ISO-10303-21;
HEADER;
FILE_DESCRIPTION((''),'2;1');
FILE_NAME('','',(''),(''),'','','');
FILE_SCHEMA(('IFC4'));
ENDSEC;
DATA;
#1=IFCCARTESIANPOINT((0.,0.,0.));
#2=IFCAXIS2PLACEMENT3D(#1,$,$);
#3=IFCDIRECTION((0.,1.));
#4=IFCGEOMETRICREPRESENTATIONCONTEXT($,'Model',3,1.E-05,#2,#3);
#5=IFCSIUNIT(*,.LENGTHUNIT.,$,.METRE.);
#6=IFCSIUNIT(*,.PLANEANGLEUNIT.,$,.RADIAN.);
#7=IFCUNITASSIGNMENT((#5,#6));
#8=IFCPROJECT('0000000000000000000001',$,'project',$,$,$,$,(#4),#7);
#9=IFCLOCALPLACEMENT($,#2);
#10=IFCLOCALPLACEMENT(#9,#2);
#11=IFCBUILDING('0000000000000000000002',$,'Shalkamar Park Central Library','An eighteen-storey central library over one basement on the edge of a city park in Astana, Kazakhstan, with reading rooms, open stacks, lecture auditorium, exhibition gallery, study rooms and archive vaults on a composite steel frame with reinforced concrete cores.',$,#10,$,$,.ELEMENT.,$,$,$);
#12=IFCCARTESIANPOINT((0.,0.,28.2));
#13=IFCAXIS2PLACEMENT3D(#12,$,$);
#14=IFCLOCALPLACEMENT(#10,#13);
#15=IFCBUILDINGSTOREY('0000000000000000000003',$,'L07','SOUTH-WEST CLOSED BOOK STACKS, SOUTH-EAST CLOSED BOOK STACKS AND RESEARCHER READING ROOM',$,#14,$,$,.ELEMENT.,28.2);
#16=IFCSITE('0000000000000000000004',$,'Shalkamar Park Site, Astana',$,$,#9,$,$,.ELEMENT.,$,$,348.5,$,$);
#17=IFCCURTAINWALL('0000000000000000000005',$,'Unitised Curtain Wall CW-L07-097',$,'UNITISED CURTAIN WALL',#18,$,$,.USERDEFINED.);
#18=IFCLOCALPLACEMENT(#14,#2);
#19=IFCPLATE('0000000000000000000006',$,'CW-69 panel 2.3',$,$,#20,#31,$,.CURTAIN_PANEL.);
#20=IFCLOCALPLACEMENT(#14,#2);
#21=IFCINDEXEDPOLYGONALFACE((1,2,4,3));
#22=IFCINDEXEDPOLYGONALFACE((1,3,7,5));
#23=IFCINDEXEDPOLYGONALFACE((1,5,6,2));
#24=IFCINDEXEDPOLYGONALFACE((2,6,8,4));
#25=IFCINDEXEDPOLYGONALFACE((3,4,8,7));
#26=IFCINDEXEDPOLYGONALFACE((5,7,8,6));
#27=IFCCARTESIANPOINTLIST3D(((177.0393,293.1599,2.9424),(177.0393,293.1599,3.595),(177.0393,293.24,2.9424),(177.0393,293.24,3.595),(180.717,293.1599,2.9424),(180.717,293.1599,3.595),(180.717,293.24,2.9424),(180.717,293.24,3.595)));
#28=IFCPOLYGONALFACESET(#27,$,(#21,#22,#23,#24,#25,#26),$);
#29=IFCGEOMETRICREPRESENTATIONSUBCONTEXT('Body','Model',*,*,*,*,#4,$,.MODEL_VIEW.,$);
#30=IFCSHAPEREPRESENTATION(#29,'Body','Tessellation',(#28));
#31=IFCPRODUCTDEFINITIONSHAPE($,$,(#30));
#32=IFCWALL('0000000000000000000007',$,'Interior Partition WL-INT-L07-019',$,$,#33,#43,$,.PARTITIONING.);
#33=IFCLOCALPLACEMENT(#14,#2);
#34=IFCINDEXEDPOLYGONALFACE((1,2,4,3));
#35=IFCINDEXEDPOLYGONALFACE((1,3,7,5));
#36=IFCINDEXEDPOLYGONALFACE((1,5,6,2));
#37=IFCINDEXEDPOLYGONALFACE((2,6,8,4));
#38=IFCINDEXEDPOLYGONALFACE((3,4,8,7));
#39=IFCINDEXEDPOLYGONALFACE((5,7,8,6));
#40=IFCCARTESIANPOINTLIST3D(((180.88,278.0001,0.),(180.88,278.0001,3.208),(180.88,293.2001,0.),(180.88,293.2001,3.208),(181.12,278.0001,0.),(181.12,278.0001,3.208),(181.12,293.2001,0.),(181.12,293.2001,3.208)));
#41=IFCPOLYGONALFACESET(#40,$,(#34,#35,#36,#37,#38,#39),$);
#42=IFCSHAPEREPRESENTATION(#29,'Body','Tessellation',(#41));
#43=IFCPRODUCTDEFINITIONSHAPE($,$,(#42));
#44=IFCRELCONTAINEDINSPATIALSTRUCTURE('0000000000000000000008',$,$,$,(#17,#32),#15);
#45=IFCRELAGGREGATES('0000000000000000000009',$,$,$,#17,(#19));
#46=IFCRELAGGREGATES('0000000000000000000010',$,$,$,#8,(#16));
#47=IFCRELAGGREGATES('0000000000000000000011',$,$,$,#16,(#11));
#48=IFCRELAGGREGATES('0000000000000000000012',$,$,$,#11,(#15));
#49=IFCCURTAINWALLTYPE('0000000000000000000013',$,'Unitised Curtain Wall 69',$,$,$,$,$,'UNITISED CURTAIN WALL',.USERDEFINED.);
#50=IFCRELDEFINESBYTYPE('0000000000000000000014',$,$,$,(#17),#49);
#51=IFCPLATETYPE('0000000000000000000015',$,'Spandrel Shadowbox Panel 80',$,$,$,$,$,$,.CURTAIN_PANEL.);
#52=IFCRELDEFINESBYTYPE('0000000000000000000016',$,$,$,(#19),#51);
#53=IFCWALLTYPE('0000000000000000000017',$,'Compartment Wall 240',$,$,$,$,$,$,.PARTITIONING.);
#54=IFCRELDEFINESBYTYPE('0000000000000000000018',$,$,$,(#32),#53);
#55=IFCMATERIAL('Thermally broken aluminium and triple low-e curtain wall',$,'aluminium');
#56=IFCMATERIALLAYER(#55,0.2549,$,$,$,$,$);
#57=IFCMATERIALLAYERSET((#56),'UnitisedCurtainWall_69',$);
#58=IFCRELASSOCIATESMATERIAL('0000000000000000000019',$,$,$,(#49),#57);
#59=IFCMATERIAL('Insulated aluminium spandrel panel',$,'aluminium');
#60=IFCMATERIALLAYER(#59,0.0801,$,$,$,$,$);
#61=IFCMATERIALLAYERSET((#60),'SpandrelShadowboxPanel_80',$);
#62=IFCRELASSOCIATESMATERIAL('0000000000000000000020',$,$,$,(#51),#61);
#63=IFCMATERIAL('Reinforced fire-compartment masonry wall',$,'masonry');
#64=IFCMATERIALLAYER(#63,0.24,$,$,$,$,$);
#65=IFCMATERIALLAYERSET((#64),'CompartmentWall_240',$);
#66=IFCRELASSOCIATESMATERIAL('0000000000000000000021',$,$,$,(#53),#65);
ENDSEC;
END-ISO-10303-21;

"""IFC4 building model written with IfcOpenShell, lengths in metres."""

from ifc_helpers import new_model, si_unit, direction, frame, frame_2d, origin, origin_2d, place, context, subcontext, project, spatial, rectangle, extrude, material, layer, layer_set, type_object, element, aggregate, save


model = new_model("IFC4")

# Units and contexts
model_context = context("Model", 3, precision=1e-05, world=origin(), true_north=direction((0.0, 1.0)))
body_context = subcontext(model_context, "Body", "Model", "MODEL_VIEW")
ifc_project = project(units=[si_unit("LENGTHUNIT", "METRE"), si_unit("PLANEANGLEUNIT", "RADIAN")], contexts=[model_context])

# Site, building, storey
site_placement = place(None, origin())
site = spatial("IfcSite", under=ifc_project, at=site_placement, Name="Shalkamar Park Site, Astana", CompositionType="ELEMENT", RefElevation=348.5)
building_placement = place(site_placement, origin())
building = spatial("IfcBuilding", under=site, at=building_placement, Name="Shalkamar Park Central Library", Description="An eighteen-storey central library over one basement on the edge of a city park in Astana, Kazakhstan, with reading rooms, open stacks, lecture auditorium, exhibition gallery, study rooms and archive vaults on a composite steel frame with reinforced concrete cores.", CompositionType="ELEMENT")
storey_placement = place(building_placement, frame((0.0, 0.0, 28.2)))
storey = spatial("IfcBuildingStorey", under=building, at=storey_placement, Name="L07", Description="SOUTH-WEST CLOSED BOOK STACKS, SOUTH-EAST CLOSED BOOK STACKS AND RESEARCHER READING ROOM", CompositionType="ELEMENT", Elevation=28.2)

# Curtain wall
ifc_material_1 = material(Name="Thermally broken aluminium and triple low-e curtain wall", Category="aluminium")
ifc_layer_1 = layer(ifc_material_1, 0.2549)
ifc_layer_set_1 = layer_set([ifc_layer_1], Name="UnitisedCurtainWall_69")
curtain_wall_type_1 = type_object("IfcCurtainWallType", Name="Unitised Curtain Wall 69", ElementType="UNITISED CURTAIN WALL", PredefinedType="USERDEFINED", material=ifc_layer_set_1)
curtain_wall_1_placement = place(storey_placement, origin())
curtain_wall_1 = element("IfcCurtainWall", 1, at=curtain_wall_1_placement, inside=storey, type_object=curtain_wall_type_1, Name="Unitised Curtain Wall CW-L07-097", ObjectType="UNITISED CURTAIN WALL", PredefinedType="USERDEFINED")

# Plate
ifc_material_2 = material(Name="Insulated aluminium spandrel panel", Category="aluminium")
ifc_layer_2 = layer(ifc_material_2, 0.0801)
ifc_layer_set_2 = layer_set([ifc_layer_2], Name="SpandrelShadowboxPanel_80")
plate_type_1 = type_object("IfcPlateType", Name="Spandrel Shadowbox Panel 80", PredefinedType="CURTAIN_PANEL", material=ifc_layer_set_2)
plate_1_placement = place(storey_placement, frame((178.8782, 293.2, 2.9424), z_axis=(0.0, 0.0, 1.0), x_axis=(1.0, 0.0, 0.0)))
plate_1 = element("IfcPlate", 2, at=plate_1_placement, type_object=plate_type_1, Name="CW-69 panel 2.3", PredefinedType="CURTAIN_PANEL", context=body_context, shape_type="SweptSolid", body=[
    extrude(rectangle(XDim=3.6777, YDim=0.0801, at=origin_2d()), origin(), (0.0, 0.0, 1.0), 0.6526),
])
aggregate(curtain_wall_1, [plate_1])

# Wall
ifc_material_3 = material(Name="Reinforced fire-compartment masonry wall", Category="masonry")
ifc_layer_3 = layer(ifc_material_3, 0.24)
ifc_layer_set_3 = layer_set([ifc_layer_3], Name="CompartmentWall_240")
wall_type = type_object("IfcWallType", Name="Compartment Wall 240", PredefinedType="PARTITIONING", material=ifc_layer_set_3)
wall_placement = place(storey_placement, frame((181.0, 278.0, 0.0), z_axis=(0.0, 0.0, 1.0), x_axis=(0.0, 1.0, 0.0)))
element("IfcWall", 3, at=wall_placement, inside=storey, type_object=wall_type, Name="Interior Partition WL-INT-L07-019", PredefinedType="PARTITIONING", context=body_context, shape_type="SweptSolid", body=[
    extrude(rectangle(XDim=15.2, YDim=0.24, at=frame_2d((7.6001, 0.0))), origin(), (0.0, 0.0, 1.0), 3.208),
])

save(model, "model.ifc")
